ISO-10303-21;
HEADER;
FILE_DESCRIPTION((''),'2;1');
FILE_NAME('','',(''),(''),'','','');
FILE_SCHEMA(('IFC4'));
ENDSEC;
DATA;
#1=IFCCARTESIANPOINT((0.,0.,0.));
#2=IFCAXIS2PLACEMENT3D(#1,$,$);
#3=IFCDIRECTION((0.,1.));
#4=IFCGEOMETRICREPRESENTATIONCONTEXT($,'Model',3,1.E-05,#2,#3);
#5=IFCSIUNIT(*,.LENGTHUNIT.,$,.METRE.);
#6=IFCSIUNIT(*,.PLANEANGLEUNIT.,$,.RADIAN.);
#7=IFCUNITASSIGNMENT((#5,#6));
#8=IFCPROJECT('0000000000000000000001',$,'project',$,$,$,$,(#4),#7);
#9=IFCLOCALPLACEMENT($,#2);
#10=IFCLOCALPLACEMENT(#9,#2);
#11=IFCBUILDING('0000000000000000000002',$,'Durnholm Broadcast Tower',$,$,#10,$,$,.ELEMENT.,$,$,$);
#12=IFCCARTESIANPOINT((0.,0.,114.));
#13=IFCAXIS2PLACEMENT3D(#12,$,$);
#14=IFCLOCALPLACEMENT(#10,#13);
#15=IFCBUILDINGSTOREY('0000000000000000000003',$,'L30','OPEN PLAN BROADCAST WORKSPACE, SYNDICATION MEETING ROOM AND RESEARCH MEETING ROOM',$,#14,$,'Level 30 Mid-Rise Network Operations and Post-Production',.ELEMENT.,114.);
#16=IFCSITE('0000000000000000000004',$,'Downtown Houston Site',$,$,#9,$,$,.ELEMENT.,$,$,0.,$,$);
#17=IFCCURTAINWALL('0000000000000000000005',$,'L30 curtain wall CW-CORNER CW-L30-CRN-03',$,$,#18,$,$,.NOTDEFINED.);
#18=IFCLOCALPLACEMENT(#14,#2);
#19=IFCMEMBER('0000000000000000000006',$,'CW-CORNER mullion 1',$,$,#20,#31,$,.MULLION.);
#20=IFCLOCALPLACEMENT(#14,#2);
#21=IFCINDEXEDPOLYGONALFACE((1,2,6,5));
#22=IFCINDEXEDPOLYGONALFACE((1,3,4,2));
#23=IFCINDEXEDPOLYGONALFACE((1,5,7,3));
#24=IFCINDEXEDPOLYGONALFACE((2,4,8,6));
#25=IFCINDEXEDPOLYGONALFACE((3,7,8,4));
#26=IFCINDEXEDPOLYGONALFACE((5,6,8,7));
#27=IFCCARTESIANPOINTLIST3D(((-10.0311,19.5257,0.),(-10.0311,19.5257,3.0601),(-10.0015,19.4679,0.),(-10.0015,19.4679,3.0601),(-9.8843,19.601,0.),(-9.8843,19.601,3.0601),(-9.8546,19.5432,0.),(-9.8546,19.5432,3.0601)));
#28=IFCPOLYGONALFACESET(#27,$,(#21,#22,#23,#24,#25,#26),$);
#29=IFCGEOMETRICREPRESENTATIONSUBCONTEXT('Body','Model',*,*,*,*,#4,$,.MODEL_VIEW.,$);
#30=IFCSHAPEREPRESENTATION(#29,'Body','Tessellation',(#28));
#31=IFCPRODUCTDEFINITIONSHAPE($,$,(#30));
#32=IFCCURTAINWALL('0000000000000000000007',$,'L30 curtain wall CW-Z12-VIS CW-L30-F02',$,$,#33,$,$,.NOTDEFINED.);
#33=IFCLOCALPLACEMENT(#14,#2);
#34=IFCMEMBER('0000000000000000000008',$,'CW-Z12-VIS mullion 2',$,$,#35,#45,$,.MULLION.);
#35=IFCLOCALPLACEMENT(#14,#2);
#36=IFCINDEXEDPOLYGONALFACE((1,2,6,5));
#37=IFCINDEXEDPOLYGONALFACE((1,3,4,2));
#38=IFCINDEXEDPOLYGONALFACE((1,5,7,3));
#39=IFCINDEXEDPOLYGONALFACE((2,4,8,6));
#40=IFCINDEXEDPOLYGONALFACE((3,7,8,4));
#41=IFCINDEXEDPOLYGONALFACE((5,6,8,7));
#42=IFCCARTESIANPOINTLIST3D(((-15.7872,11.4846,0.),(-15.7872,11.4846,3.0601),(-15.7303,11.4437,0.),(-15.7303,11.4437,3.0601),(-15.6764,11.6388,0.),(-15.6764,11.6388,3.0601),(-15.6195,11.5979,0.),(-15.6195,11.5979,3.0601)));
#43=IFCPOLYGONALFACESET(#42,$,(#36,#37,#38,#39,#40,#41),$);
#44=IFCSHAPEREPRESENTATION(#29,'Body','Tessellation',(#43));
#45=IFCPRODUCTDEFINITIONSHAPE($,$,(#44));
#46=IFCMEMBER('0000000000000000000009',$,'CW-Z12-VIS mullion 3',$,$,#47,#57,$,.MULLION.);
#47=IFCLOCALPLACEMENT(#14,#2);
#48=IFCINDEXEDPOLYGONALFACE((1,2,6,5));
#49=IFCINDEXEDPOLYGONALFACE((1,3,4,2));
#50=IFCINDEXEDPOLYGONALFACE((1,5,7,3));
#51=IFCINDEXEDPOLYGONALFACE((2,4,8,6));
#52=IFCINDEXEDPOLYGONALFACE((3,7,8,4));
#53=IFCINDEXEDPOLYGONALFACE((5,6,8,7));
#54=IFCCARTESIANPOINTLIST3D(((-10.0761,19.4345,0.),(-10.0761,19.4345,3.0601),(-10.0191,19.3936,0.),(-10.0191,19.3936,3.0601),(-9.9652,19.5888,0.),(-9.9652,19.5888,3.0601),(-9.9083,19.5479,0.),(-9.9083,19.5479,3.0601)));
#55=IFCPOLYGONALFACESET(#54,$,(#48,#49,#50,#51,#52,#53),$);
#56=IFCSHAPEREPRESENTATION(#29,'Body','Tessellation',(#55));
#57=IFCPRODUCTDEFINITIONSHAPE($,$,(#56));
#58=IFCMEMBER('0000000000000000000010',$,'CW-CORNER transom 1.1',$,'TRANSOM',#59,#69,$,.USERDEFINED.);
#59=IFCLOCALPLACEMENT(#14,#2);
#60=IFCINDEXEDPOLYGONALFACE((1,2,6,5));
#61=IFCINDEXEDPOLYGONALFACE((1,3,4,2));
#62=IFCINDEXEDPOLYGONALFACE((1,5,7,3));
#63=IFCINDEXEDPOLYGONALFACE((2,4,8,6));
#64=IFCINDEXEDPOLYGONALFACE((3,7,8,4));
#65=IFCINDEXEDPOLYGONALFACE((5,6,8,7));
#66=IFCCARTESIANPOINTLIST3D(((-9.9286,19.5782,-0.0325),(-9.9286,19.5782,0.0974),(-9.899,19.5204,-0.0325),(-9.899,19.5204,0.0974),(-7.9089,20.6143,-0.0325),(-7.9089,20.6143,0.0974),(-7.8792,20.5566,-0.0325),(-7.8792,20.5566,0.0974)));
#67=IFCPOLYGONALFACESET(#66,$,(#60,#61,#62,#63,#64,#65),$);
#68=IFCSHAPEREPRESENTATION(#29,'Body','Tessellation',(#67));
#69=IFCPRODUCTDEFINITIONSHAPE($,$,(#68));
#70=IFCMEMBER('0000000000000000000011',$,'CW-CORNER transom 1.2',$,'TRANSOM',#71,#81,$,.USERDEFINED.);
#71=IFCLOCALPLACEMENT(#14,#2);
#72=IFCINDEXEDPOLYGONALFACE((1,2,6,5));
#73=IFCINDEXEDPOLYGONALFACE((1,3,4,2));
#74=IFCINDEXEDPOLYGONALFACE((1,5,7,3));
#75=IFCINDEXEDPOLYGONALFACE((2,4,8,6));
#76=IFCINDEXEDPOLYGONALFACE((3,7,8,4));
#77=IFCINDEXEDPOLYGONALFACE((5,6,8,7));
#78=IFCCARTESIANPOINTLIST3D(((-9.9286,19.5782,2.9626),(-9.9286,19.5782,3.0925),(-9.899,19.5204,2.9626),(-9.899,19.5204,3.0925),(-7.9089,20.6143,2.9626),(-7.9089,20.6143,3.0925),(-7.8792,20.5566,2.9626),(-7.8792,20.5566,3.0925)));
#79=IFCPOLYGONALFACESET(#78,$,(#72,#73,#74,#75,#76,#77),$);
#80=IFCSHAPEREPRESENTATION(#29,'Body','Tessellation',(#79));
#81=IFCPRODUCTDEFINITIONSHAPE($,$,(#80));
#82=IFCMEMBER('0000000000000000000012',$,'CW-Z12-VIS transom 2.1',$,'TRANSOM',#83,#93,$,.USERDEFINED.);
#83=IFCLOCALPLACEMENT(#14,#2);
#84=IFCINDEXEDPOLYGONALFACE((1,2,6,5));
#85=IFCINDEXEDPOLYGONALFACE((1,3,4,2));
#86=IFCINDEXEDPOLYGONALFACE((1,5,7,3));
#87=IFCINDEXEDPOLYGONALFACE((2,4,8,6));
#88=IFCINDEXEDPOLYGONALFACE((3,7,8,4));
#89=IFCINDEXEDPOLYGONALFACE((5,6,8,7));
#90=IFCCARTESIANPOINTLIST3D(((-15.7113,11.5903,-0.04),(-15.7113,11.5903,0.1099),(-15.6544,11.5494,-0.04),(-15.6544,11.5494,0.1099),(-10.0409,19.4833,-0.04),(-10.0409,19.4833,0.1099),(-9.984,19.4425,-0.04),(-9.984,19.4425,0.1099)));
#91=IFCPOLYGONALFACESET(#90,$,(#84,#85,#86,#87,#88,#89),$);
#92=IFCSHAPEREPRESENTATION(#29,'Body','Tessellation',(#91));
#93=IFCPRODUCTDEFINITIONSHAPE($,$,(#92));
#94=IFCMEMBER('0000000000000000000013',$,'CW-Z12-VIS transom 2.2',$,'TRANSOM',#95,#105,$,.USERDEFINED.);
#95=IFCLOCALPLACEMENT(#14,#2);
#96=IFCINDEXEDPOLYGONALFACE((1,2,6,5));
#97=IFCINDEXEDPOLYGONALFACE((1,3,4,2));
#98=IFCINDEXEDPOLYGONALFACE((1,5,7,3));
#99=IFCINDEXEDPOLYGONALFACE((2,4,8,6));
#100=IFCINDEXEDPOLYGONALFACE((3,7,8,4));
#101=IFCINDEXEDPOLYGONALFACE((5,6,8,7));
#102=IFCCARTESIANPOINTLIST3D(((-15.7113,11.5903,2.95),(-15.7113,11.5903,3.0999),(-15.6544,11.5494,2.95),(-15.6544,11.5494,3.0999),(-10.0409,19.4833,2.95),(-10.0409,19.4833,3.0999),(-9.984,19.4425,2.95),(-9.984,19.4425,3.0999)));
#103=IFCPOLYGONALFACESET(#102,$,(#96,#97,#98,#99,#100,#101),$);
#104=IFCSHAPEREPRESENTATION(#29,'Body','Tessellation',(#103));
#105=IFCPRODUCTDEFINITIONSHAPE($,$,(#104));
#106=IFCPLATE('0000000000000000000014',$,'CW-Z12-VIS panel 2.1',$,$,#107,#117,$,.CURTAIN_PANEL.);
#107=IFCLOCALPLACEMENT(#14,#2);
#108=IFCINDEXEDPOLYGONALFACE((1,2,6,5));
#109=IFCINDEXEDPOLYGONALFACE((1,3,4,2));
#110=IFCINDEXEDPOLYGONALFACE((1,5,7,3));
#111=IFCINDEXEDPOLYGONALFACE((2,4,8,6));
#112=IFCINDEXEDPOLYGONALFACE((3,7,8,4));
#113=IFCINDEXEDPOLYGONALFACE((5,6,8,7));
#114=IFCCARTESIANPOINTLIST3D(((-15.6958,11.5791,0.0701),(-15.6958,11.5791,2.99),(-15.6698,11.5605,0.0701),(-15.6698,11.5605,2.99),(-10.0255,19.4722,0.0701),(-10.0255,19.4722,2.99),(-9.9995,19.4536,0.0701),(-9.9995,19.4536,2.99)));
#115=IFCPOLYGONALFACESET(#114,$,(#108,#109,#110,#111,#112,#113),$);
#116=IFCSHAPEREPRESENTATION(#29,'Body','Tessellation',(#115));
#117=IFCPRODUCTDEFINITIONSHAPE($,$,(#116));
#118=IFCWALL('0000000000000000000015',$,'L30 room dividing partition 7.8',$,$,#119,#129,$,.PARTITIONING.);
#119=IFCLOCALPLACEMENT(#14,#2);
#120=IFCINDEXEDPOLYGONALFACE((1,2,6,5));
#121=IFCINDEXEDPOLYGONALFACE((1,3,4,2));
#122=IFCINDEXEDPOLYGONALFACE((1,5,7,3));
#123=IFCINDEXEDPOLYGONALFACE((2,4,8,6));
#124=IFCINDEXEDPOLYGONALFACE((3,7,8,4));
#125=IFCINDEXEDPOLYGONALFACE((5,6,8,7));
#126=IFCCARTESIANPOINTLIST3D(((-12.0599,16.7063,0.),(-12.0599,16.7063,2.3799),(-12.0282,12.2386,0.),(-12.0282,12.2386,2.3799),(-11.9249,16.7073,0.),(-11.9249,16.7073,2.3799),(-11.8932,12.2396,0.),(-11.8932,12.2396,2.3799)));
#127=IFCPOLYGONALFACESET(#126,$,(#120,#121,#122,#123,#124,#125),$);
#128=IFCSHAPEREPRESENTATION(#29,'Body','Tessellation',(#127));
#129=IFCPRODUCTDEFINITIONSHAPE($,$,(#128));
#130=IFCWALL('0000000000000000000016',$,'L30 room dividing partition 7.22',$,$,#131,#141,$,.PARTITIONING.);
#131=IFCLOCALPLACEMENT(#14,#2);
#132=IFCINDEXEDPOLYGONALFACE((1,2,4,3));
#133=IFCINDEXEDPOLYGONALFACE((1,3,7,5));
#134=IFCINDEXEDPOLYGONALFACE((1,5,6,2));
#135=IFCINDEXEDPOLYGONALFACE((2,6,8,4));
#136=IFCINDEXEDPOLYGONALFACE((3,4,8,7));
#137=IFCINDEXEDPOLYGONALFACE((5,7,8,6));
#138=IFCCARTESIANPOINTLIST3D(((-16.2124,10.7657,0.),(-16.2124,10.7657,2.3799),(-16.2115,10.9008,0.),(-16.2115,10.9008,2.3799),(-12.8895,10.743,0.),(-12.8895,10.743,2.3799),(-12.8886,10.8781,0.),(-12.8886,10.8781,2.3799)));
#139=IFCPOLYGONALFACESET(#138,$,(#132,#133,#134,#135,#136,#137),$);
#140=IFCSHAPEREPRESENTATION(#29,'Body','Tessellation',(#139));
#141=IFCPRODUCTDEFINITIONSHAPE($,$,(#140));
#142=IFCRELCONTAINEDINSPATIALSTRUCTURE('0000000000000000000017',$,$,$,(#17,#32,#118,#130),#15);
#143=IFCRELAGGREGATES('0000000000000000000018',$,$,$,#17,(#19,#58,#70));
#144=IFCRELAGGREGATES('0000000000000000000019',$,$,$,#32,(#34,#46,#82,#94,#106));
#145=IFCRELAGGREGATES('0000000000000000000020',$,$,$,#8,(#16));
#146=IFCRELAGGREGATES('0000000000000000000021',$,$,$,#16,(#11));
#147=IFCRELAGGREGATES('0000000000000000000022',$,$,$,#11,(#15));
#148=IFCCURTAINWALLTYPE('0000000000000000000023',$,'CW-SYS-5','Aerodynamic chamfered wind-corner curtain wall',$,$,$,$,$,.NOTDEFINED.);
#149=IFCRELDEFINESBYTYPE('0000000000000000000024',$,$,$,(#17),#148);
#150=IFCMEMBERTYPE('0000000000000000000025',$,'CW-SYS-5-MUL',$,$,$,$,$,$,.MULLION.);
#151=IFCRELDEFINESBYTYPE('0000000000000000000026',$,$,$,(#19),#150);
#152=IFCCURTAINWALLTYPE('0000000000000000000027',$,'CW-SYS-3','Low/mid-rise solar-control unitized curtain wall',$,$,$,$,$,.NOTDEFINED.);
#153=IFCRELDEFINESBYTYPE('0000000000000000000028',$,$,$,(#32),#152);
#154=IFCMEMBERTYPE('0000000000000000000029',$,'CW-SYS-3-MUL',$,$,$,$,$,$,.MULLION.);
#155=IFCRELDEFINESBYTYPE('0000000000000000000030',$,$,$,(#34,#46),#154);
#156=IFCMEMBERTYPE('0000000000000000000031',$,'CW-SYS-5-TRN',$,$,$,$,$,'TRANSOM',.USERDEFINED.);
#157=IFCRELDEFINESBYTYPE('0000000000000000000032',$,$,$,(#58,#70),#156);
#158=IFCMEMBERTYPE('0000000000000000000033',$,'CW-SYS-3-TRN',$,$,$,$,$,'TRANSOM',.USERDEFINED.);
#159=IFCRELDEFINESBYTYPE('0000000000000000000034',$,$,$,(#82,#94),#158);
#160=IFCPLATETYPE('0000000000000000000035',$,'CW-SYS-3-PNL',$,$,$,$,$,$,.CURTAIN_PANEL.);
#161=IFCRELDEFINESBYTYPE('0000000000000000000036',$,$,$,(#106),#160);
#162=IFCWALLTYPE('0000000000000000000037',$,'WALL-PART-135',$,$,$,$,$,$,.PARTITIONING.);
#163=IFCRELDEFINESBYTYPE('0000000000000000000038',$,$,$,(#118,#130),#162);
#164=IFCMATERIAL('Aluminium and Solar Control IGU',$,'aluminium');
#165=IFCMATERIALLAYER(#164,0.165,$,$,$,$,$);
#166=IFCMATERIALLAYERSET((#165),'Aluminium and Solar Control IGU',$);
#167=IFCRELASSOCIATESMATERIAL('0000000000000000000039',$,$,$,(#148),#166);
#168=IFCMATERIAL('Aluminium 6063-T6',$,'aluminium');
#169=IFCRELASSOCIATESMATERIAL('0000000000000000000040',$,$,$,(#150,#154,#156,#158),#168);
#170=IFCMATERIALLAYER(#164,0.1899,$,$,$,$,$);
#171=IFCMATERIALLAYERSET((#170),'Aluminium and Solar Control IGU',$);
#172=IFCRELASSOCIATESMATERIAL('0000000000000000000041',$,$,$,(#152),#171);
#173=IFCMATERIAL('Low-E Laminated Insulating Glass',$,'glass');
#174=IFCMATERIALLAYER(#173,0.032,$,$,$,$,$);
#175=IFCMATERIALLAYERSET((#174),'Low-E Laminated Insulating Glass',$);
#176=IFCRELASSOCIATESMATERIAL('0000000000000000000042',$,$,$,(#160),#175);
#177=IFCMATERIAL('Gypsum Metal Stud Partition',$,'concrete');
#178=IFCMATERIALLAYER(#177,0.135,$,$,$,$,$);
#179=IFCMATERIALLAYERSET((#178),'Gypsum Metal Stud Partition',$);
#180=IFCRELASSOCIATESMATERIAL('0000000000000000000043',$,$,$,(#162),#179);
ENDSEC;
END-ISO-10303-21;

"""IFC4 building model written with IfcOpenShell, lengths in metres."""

from ifc_helpers import new_model, si_unit, direction, frame, frame_2d, origin, origin_2d, place, context, subcontext, project, spatial, rectangle, extrude, source, transform, mapped, material, layer, layer_set, material_profile, profile_set, type_object, type_shapes, element, aggregate, save


model = new_model("IFC4")

# Units and contexts
model_context = context("Model", 3, precision=1e-05, world=origin(), true_north=direction((0.0, 1.0)))
body_context = subcontext(model_context, "Body", "Model", "MODEL_VIEW")
ifc_project = project(units=[si_unit("LENGTHUNIT", "METRE"), si_unit("PLANEANGLEUNIT", "RADIAN")], contexts=[model_context])

# Site, building, storey
site_placement = place(None, origin())
site = spatial("IfcSite", under=ifc_project, at=site_placement, Name="Downtown Houston Site", CompositionType="ELEMENT", RefElevation=0.0)
building_placement = place(site_placement, origin())
building = spatial("IfcBuilding", under=site, at=building_placement, Name="Durnholm Broadcast Tower", CompositionType="ELEMENT")
storey_placement = place(building_placement, frame((0.0, 0.0, 114.0)))
storey = spatial("IfcBuildingStorey", under=building, at=storey_placement, Name="L30", Description="OPEN PLAN BROADCAST WORKSPACE, SYNDICATION MEETING ROOM AND RESEARCH MEETING ROOM", LongName="Level 30 Mid-Rise Network Operations and Post-Production", CompositionType="ELEMENT", Elevation=114.0)

# Curtain wall, member
ifc_material_1 = material(Name="Aluminium and Solar Control IGU", Category="aluminium")
ifc_layer_1 = layer(ifc_material_1, 0.165)
ifc_layer_set_1 = layer_set([ifc_layer_1], Name="Aluminium and Solar Control IGU")
curtain_wall_type_1 = type_object("IfcCurtainWallType", Name="CW-SYS-5", Description="Aerodynamic chamfered wind-corner curtain wall", PredefinedType="NOTDEFINED", material=ifc_layer_set_1)
curtain_wall_1_placement = place(storey_placement, origin())
curtain_wall_1 = element("IfcCurtainWall", 1, at=curtain_wall_1_placement, inside=storey, type_object=curtain_wall_type_1, Name="L30 curtain wall CW-CORNER CW-L30-CRN-03", PredefinedType="NOTDEFINED")
ifc_material_2 = material(Name="Aluminium 6063-T6", Category="aluminium")
ifc_material_profile_1 = material_profile(ifc_material_2, rectangle(XDim=0.0649, YDim=0.165, at=origin_2d()), Name="CWM65X165")
ifc_profile_set_1 = profile_set([ifc_material_profile_1], Name="Aluminium 6063-T6")
member_type_1 = type_object("IfcMemberType", Name="CW-SYS-5-MUL", PredefinedType="MULLION", material=ifc_profile_set_1)
shared_shape_1 = source(origin(), body_context, "Body", "SweptSolid", [
    extrude(rectangle(XDim=0.0649, YDim=0.165, at=origin_2d()), origin(), (0.0, 0.0, 1.0), 3.0601),
])
type_shapes(member_type_1, [shared_shape_1])
member_1_placement = place(storey_placement, frame((-9.9429, 19.5344, 0.0), z_axis=(0.0, 0.0, 1.0), x_axis=(-0.456373, 0.889788, 0.0)))
member_1 = element("IfcMember", 2, at=member_1_placement, type_object=member_type_1, Name="CW-CORNER mullion 1", PredefinedType="MULLION", context=body_context, shape_type="MappedRepresentation", body=[
    mapped(shared_shape_1, transform((0.0, 0.0, 0.0), x_axis=(1.0, 0.0, 0.0), y_axis=(0.0, 1.0, 0.0), z_axis=(0.0, 0.0, 1.0), scale=1.0)),
])

# Curtain wall, members
ifc_layer_2 = layer(ifc_material_1, 0.1899)
ifc_layer_set_2 = layer_set([ifc_layer_2], Name="Aluminium and Solar Control IGU")
curtain_wall_type_2 = type_object("IfcCurtainWallType", Name="CW-SYS-3", Description="Low/mid-rise solar-control unitized curtain wall", PredefinedType="NOTDEFINED", material=ifc_layer_set_2)
curtain_wall_2_placement = place(storey_placement, origin())
curtain_wall_2 = element("IfcCurtainWall", 3, at=curtain_wall_2_placement, inside=storey, type_object=curtain_wall_type_2, Name="L30 curtain wall CW-Z12-VIS CW-L30-F02", PredefinedType="NOTDEFINED")
ifc_material_profile_2 = material_profile(ifc_material_2, rectangle(XDim=0.0701, YDim=0.1899, at=origin_2d()), Name="CWM70X190")
ifc_profile_set_2 = profile_set([ifc_material_profile_2], Name="Aluminium 6063-T6")
member_type_2 = type_object("IfcMemberType", Name="CW-SYS-3-MUL", PredefinedType="MULLION", material=ifc_profile_set_2)
shared_shape_2 = source(origin(), body_context, "Body", "SweptSolid", [
    extrude(rectangle(XDim=0.0701, YDim=0.1899, at=origin_2d()), origin(), (0.0, 0.0, 1.0), 3.0601),
])
type_shapes(member_type_2, [shared_shape_2])
member_2_placement = place(storey_placement, frame((-15.7034, 11.5413, 0.0), z_axis=(0.0, 0.0, 1.0), x_axis=(-0.812152, 0.583445, 0.0)))
member_2 = element("IfcMember", 4, at=member_2_placement, type_object=member_type_2, Name="CW-Z12-VIS mullion 2", PredefinedType="MULLION", context=body_context, shape_type="MappedRepresentation", body=[
    mapped(shared_shape_2, transform((0.0, 0.0, 0.0), x_axis=(1.0, 0.0, 0.0), y_axis=(0.0, 1.0, 0.0), z_axis=(0.0, 0.0, 1.0), scale=1.0)),
])
member_3_placement = place(storey_placement, frame((-9.9922, 19.4912, 0.0), z_axis=(0.0, 0.0, 1.0), x_axis=(-0.812152, 0.583445, 0.0)))
member_3 = element("IfcMember", 5, at=member_3_placement, type_object=member_type_2, Name="CW-Z12-VIS mullion 3", PredefinedType="MULLION", context=body_context, shape_type="MappedRepresentation", body=[
    mapped(shared_shape_2, transform((0.0, 0.0, 0.0), x_axis=(1.0, 0.0, 0.0), y_axis=(0.0, 1.0, 0.0), z_axis=(0.0, 0.0, 1.0), scale=1.0)),
])

# Members
ifc_material_profile_3 = material_profile(ifc_material_2, rectangle(XDim=0.0649, YDim=0.1299, at=origin_2d()), Name="CWT65X130")
ifc_profile_set_3 = profile_set([ifc_material_profile_3], Name="Aluminium 6063-T6")
member_type_3 = type_object("IfcMemberType", Name="CW-SYS-5-TRN", ElementType="TRANSOM", PredefinedType="USERDEFINED", material=ifc_profile_set_3)
shared_shape_3 = source(origin(), body_context, "Body", "SweptSolid", [
    extrude(rectangle(XDim=0.0649, YDim=0.1299, at=origin_2d()), origin(), (0.0, 0.0, 1.0), 2.27),
])
type_shapes(member_type_3, [shared_shape_3])
member_4_placement = place(storey_placement, frame((-9.9138, 19.5493, 0.0325), z_axis=(0.889755, 0.456439, 0.0), x_axis=(-0.456439, 0.889755, 0.0)))
member_4 = element("IfcMember", 6, at=member_4_placement, type_object=member_type_3, Name="CW-CORNER transom 1.1", ObjectType="TRANSOM", PredefinedType="USERDEFINED", context=body_context, shape_type="MappedRepresentation", body=[
    mapped(shared_shape_3, transform((0.0, 0.0, 0.0), x_axis=(1.0, 0.0, 0.0), y_axis=(0.0, 1.0, 0.0), z_axis=(0.0, 0.0, 1.0), scale=1.0)),
])
member_5_placement = place(storey_placement, frame((-9.9138, 19.5493, 3.0276), z_axis=(0.889755, 0.456439, 0.0), x_axis=(-0.456439, 0.889755, 0.0)))
member_5 = element("IfcMember", 7, at=member_5_placement, type_object=member_type_3, Name="CW-CORNER transom 1.2", ObjectType="TRANSOM", PredefinedType="USERDEFINED", context=body_context, shape_type="MappedRepresentation", body=[
    mapped(shared_shape_3, transform((0.0, 0.0, 0.0), x_axis=(1.0, 0.0, 0.0), y_axis=(0.0, 1.0, 0.0), z_axis=(0.0, 0.0, 1.0), scale=1.0)),
])
aggregate(curtain_wall_1, [member_1, member_4, member_5])
ifc_material_profile_4 = material_profile(ifc_material_2, rectangle(XDim=0.0701, YDim=0.1499, at=origin_2d()), Name="CWT70X150")
ifc_profile_set_4 = profile_set([ifc_material_profile_4], Name="Aluminium 6063-T6")
member_type_4 = type_object("IfcMemberType", Name="CW-SYS-3-TRN", ElementType="TRANSOM", PredefinedType="USERDEFINED", material=ifc_profile_set_4)
shared_shape_4 = source(origin(), body_context, "Body", "SweptSolid", [
    extrude(rectangle(XDim=0.0701, YDim=0.1499, at=origin_2d()), origin(), (0.0, 0.0, 1.0), 9.7188),
])
type_shapes(member_type_4, [shared_shape_4])
member_6_placement = place(storey_placement, frame((-15.6829, 11.5698, 0.0349), z_axis=(0.583451, 0.812149, 0.0), x_axis=(-0.812149, 0.583451, 0.0)))
member_6 = element("IfcMember", 8, at=member_6_placement, type_object=member_type_4, Name="CW-Z12-VIS transom 2.1", ObjectType="TRANSOM", PredefinedType="USERDEFINED", context=body_context, shape_type="MappedRepresentation", body=[
    mapped(shared_shape_4, transform((0.0, 0.0, 0.0), x_axis=(1.0, 0.0, 0.0), y_axis=(0.0, 1.0, 0.0), z_axis=(0.0, 0.0, 1.0), scale=1.0)),
])
member_7_placement = place(storey_placement, frame((-15.6829, 11.5698, 3.0249), z_axis=(0.583451, 0.812149, 0.0), x_axis=(-0.812149, 0.583451, 0.0)))
member_7 = element("IfcMember", 9, at=member_7_placement, type_object=member_type_4, Name="CW-Z12-VIS transom 2.2", ObjectType="TRANSOM", PredefinedType="USERDEFINED", context=body_context, shape_type="MappedRepresentation", body=[
    mapped(shared_shape_4, transform((0.0, 0.0, 0.0), x_axis=(1.0, 0.0, 0.0), y_axis=(0.0, 1.0, 0.0), z_axis=(0.0, 0.0, 1.0), scale=1.0)),
])

# Plate
ifc_material_3 = material(Name="Low-E Laminated Insulating Glass", Category="glass")
ifc_layer_3 = layer(ifc_material_3, 0.032)
ifc_layer_set_3 = layer_set([ifc_layer_3], Name="Low-E Laminated Insulating Glass")
plate_type = type_object("IfcPlateType", Name="CW-SYS-3-PNL", PredefinedType="CURTAIN_PANEL", material=ifc_layer_set_3)
shared_shape_5 = source(origin(), body_context, "Body", "SweptSolid", [
    extrude(rectangle(XDim=9.7188, YDim=0.032, at=origin_2d()), origin(), (0.0, 0.0, 1.0), 2.9199),
])
type_shapes(plate_type, [shared_shape_5])
plate_placement = place(storey_placement, frame((-12.8477, 15.5164, 0.0701), z_axis=(0.0, 0.0, 1.0), x_axis=(0.583445, 0.812152, 0.0)))
plate = element("IfcPlate", 10, at=plate_placement, type_object=plate_type, Name="CW-Z12-VIS panel 2.1", PredefinedType="CURTAIN_PANEL", context=body_context, shape_type="MappedRepresentation", body=[
    mapped(shared_shape_5, transform((0.0, 0.0, 0.0), x_axis=(1.0, 0.0, 0.0), y_axis=(0.0, 1.0, 0.0), z_axis=(0.0, 0.0, 1.0), scale=1.0)),
])
aggregate(curtain_wall_2, [member_2, member_3, member_6, member_7, plate])

# Walls
ifc_material_4 = material(Name="Gypsum Metal Stud Partition", Category="concrete")
ifc_layer_4 = layer(ifc_material_4, 0.135)
ifc_layer_set_4 = layer_set([ifc_layer_4], Name="Gypsum Metal Stud Partition")
wall_type_1 = type_object("IfcWallType", Name="WALL-PART-135", PredefinedType="PARTITIONING", material=ifc_layer_set_4)
wall_1_placement = place(storey_placement, frame((-11.9924, 16.7068, 0.0), z_axis=(0.0, 0.0, 1.0), x_axis=(0.007104, -0.999975, 0.0)))
element("IfcWall", 11, at=wall_1_placement, inside=storey, type_object=wall_type_1, Name="L30 room dividing partition 7.8", PredefinedType="PARTITIONING", context=body_context, shape_type="SweptSolid", body=[
    extrude(rectangle(XDim=4.4678, YDim=0.135, at=frame_2d((2.2339, 0.0))), origin(), (0.0, 0.0, 1.0), 2.3799),
])
wall_2_placement = place(storey_placement, frame((-12.8889, 10.8105, 0.0), z_axis=(0.0, 0.0, 1.0), x_axis=(-0.999977, 0.006833, 0.0)))
element("IfcWall", 12, at=wall_2_placement, inside=storey, type_object=wall_type_1, Name="L30 room dividing partition 7.22", PredefinedType="PARTITIONING", context=body_context, shape_type="SweptSolid", body=[
    extrude(rectangle(XDim=3.323, YDim=0.135, at=frame_2d((1.6616, 0.0))), origin(), (0.0, 0.0, 1.0), 2.3799),
])

save(model, "model.ifc")
